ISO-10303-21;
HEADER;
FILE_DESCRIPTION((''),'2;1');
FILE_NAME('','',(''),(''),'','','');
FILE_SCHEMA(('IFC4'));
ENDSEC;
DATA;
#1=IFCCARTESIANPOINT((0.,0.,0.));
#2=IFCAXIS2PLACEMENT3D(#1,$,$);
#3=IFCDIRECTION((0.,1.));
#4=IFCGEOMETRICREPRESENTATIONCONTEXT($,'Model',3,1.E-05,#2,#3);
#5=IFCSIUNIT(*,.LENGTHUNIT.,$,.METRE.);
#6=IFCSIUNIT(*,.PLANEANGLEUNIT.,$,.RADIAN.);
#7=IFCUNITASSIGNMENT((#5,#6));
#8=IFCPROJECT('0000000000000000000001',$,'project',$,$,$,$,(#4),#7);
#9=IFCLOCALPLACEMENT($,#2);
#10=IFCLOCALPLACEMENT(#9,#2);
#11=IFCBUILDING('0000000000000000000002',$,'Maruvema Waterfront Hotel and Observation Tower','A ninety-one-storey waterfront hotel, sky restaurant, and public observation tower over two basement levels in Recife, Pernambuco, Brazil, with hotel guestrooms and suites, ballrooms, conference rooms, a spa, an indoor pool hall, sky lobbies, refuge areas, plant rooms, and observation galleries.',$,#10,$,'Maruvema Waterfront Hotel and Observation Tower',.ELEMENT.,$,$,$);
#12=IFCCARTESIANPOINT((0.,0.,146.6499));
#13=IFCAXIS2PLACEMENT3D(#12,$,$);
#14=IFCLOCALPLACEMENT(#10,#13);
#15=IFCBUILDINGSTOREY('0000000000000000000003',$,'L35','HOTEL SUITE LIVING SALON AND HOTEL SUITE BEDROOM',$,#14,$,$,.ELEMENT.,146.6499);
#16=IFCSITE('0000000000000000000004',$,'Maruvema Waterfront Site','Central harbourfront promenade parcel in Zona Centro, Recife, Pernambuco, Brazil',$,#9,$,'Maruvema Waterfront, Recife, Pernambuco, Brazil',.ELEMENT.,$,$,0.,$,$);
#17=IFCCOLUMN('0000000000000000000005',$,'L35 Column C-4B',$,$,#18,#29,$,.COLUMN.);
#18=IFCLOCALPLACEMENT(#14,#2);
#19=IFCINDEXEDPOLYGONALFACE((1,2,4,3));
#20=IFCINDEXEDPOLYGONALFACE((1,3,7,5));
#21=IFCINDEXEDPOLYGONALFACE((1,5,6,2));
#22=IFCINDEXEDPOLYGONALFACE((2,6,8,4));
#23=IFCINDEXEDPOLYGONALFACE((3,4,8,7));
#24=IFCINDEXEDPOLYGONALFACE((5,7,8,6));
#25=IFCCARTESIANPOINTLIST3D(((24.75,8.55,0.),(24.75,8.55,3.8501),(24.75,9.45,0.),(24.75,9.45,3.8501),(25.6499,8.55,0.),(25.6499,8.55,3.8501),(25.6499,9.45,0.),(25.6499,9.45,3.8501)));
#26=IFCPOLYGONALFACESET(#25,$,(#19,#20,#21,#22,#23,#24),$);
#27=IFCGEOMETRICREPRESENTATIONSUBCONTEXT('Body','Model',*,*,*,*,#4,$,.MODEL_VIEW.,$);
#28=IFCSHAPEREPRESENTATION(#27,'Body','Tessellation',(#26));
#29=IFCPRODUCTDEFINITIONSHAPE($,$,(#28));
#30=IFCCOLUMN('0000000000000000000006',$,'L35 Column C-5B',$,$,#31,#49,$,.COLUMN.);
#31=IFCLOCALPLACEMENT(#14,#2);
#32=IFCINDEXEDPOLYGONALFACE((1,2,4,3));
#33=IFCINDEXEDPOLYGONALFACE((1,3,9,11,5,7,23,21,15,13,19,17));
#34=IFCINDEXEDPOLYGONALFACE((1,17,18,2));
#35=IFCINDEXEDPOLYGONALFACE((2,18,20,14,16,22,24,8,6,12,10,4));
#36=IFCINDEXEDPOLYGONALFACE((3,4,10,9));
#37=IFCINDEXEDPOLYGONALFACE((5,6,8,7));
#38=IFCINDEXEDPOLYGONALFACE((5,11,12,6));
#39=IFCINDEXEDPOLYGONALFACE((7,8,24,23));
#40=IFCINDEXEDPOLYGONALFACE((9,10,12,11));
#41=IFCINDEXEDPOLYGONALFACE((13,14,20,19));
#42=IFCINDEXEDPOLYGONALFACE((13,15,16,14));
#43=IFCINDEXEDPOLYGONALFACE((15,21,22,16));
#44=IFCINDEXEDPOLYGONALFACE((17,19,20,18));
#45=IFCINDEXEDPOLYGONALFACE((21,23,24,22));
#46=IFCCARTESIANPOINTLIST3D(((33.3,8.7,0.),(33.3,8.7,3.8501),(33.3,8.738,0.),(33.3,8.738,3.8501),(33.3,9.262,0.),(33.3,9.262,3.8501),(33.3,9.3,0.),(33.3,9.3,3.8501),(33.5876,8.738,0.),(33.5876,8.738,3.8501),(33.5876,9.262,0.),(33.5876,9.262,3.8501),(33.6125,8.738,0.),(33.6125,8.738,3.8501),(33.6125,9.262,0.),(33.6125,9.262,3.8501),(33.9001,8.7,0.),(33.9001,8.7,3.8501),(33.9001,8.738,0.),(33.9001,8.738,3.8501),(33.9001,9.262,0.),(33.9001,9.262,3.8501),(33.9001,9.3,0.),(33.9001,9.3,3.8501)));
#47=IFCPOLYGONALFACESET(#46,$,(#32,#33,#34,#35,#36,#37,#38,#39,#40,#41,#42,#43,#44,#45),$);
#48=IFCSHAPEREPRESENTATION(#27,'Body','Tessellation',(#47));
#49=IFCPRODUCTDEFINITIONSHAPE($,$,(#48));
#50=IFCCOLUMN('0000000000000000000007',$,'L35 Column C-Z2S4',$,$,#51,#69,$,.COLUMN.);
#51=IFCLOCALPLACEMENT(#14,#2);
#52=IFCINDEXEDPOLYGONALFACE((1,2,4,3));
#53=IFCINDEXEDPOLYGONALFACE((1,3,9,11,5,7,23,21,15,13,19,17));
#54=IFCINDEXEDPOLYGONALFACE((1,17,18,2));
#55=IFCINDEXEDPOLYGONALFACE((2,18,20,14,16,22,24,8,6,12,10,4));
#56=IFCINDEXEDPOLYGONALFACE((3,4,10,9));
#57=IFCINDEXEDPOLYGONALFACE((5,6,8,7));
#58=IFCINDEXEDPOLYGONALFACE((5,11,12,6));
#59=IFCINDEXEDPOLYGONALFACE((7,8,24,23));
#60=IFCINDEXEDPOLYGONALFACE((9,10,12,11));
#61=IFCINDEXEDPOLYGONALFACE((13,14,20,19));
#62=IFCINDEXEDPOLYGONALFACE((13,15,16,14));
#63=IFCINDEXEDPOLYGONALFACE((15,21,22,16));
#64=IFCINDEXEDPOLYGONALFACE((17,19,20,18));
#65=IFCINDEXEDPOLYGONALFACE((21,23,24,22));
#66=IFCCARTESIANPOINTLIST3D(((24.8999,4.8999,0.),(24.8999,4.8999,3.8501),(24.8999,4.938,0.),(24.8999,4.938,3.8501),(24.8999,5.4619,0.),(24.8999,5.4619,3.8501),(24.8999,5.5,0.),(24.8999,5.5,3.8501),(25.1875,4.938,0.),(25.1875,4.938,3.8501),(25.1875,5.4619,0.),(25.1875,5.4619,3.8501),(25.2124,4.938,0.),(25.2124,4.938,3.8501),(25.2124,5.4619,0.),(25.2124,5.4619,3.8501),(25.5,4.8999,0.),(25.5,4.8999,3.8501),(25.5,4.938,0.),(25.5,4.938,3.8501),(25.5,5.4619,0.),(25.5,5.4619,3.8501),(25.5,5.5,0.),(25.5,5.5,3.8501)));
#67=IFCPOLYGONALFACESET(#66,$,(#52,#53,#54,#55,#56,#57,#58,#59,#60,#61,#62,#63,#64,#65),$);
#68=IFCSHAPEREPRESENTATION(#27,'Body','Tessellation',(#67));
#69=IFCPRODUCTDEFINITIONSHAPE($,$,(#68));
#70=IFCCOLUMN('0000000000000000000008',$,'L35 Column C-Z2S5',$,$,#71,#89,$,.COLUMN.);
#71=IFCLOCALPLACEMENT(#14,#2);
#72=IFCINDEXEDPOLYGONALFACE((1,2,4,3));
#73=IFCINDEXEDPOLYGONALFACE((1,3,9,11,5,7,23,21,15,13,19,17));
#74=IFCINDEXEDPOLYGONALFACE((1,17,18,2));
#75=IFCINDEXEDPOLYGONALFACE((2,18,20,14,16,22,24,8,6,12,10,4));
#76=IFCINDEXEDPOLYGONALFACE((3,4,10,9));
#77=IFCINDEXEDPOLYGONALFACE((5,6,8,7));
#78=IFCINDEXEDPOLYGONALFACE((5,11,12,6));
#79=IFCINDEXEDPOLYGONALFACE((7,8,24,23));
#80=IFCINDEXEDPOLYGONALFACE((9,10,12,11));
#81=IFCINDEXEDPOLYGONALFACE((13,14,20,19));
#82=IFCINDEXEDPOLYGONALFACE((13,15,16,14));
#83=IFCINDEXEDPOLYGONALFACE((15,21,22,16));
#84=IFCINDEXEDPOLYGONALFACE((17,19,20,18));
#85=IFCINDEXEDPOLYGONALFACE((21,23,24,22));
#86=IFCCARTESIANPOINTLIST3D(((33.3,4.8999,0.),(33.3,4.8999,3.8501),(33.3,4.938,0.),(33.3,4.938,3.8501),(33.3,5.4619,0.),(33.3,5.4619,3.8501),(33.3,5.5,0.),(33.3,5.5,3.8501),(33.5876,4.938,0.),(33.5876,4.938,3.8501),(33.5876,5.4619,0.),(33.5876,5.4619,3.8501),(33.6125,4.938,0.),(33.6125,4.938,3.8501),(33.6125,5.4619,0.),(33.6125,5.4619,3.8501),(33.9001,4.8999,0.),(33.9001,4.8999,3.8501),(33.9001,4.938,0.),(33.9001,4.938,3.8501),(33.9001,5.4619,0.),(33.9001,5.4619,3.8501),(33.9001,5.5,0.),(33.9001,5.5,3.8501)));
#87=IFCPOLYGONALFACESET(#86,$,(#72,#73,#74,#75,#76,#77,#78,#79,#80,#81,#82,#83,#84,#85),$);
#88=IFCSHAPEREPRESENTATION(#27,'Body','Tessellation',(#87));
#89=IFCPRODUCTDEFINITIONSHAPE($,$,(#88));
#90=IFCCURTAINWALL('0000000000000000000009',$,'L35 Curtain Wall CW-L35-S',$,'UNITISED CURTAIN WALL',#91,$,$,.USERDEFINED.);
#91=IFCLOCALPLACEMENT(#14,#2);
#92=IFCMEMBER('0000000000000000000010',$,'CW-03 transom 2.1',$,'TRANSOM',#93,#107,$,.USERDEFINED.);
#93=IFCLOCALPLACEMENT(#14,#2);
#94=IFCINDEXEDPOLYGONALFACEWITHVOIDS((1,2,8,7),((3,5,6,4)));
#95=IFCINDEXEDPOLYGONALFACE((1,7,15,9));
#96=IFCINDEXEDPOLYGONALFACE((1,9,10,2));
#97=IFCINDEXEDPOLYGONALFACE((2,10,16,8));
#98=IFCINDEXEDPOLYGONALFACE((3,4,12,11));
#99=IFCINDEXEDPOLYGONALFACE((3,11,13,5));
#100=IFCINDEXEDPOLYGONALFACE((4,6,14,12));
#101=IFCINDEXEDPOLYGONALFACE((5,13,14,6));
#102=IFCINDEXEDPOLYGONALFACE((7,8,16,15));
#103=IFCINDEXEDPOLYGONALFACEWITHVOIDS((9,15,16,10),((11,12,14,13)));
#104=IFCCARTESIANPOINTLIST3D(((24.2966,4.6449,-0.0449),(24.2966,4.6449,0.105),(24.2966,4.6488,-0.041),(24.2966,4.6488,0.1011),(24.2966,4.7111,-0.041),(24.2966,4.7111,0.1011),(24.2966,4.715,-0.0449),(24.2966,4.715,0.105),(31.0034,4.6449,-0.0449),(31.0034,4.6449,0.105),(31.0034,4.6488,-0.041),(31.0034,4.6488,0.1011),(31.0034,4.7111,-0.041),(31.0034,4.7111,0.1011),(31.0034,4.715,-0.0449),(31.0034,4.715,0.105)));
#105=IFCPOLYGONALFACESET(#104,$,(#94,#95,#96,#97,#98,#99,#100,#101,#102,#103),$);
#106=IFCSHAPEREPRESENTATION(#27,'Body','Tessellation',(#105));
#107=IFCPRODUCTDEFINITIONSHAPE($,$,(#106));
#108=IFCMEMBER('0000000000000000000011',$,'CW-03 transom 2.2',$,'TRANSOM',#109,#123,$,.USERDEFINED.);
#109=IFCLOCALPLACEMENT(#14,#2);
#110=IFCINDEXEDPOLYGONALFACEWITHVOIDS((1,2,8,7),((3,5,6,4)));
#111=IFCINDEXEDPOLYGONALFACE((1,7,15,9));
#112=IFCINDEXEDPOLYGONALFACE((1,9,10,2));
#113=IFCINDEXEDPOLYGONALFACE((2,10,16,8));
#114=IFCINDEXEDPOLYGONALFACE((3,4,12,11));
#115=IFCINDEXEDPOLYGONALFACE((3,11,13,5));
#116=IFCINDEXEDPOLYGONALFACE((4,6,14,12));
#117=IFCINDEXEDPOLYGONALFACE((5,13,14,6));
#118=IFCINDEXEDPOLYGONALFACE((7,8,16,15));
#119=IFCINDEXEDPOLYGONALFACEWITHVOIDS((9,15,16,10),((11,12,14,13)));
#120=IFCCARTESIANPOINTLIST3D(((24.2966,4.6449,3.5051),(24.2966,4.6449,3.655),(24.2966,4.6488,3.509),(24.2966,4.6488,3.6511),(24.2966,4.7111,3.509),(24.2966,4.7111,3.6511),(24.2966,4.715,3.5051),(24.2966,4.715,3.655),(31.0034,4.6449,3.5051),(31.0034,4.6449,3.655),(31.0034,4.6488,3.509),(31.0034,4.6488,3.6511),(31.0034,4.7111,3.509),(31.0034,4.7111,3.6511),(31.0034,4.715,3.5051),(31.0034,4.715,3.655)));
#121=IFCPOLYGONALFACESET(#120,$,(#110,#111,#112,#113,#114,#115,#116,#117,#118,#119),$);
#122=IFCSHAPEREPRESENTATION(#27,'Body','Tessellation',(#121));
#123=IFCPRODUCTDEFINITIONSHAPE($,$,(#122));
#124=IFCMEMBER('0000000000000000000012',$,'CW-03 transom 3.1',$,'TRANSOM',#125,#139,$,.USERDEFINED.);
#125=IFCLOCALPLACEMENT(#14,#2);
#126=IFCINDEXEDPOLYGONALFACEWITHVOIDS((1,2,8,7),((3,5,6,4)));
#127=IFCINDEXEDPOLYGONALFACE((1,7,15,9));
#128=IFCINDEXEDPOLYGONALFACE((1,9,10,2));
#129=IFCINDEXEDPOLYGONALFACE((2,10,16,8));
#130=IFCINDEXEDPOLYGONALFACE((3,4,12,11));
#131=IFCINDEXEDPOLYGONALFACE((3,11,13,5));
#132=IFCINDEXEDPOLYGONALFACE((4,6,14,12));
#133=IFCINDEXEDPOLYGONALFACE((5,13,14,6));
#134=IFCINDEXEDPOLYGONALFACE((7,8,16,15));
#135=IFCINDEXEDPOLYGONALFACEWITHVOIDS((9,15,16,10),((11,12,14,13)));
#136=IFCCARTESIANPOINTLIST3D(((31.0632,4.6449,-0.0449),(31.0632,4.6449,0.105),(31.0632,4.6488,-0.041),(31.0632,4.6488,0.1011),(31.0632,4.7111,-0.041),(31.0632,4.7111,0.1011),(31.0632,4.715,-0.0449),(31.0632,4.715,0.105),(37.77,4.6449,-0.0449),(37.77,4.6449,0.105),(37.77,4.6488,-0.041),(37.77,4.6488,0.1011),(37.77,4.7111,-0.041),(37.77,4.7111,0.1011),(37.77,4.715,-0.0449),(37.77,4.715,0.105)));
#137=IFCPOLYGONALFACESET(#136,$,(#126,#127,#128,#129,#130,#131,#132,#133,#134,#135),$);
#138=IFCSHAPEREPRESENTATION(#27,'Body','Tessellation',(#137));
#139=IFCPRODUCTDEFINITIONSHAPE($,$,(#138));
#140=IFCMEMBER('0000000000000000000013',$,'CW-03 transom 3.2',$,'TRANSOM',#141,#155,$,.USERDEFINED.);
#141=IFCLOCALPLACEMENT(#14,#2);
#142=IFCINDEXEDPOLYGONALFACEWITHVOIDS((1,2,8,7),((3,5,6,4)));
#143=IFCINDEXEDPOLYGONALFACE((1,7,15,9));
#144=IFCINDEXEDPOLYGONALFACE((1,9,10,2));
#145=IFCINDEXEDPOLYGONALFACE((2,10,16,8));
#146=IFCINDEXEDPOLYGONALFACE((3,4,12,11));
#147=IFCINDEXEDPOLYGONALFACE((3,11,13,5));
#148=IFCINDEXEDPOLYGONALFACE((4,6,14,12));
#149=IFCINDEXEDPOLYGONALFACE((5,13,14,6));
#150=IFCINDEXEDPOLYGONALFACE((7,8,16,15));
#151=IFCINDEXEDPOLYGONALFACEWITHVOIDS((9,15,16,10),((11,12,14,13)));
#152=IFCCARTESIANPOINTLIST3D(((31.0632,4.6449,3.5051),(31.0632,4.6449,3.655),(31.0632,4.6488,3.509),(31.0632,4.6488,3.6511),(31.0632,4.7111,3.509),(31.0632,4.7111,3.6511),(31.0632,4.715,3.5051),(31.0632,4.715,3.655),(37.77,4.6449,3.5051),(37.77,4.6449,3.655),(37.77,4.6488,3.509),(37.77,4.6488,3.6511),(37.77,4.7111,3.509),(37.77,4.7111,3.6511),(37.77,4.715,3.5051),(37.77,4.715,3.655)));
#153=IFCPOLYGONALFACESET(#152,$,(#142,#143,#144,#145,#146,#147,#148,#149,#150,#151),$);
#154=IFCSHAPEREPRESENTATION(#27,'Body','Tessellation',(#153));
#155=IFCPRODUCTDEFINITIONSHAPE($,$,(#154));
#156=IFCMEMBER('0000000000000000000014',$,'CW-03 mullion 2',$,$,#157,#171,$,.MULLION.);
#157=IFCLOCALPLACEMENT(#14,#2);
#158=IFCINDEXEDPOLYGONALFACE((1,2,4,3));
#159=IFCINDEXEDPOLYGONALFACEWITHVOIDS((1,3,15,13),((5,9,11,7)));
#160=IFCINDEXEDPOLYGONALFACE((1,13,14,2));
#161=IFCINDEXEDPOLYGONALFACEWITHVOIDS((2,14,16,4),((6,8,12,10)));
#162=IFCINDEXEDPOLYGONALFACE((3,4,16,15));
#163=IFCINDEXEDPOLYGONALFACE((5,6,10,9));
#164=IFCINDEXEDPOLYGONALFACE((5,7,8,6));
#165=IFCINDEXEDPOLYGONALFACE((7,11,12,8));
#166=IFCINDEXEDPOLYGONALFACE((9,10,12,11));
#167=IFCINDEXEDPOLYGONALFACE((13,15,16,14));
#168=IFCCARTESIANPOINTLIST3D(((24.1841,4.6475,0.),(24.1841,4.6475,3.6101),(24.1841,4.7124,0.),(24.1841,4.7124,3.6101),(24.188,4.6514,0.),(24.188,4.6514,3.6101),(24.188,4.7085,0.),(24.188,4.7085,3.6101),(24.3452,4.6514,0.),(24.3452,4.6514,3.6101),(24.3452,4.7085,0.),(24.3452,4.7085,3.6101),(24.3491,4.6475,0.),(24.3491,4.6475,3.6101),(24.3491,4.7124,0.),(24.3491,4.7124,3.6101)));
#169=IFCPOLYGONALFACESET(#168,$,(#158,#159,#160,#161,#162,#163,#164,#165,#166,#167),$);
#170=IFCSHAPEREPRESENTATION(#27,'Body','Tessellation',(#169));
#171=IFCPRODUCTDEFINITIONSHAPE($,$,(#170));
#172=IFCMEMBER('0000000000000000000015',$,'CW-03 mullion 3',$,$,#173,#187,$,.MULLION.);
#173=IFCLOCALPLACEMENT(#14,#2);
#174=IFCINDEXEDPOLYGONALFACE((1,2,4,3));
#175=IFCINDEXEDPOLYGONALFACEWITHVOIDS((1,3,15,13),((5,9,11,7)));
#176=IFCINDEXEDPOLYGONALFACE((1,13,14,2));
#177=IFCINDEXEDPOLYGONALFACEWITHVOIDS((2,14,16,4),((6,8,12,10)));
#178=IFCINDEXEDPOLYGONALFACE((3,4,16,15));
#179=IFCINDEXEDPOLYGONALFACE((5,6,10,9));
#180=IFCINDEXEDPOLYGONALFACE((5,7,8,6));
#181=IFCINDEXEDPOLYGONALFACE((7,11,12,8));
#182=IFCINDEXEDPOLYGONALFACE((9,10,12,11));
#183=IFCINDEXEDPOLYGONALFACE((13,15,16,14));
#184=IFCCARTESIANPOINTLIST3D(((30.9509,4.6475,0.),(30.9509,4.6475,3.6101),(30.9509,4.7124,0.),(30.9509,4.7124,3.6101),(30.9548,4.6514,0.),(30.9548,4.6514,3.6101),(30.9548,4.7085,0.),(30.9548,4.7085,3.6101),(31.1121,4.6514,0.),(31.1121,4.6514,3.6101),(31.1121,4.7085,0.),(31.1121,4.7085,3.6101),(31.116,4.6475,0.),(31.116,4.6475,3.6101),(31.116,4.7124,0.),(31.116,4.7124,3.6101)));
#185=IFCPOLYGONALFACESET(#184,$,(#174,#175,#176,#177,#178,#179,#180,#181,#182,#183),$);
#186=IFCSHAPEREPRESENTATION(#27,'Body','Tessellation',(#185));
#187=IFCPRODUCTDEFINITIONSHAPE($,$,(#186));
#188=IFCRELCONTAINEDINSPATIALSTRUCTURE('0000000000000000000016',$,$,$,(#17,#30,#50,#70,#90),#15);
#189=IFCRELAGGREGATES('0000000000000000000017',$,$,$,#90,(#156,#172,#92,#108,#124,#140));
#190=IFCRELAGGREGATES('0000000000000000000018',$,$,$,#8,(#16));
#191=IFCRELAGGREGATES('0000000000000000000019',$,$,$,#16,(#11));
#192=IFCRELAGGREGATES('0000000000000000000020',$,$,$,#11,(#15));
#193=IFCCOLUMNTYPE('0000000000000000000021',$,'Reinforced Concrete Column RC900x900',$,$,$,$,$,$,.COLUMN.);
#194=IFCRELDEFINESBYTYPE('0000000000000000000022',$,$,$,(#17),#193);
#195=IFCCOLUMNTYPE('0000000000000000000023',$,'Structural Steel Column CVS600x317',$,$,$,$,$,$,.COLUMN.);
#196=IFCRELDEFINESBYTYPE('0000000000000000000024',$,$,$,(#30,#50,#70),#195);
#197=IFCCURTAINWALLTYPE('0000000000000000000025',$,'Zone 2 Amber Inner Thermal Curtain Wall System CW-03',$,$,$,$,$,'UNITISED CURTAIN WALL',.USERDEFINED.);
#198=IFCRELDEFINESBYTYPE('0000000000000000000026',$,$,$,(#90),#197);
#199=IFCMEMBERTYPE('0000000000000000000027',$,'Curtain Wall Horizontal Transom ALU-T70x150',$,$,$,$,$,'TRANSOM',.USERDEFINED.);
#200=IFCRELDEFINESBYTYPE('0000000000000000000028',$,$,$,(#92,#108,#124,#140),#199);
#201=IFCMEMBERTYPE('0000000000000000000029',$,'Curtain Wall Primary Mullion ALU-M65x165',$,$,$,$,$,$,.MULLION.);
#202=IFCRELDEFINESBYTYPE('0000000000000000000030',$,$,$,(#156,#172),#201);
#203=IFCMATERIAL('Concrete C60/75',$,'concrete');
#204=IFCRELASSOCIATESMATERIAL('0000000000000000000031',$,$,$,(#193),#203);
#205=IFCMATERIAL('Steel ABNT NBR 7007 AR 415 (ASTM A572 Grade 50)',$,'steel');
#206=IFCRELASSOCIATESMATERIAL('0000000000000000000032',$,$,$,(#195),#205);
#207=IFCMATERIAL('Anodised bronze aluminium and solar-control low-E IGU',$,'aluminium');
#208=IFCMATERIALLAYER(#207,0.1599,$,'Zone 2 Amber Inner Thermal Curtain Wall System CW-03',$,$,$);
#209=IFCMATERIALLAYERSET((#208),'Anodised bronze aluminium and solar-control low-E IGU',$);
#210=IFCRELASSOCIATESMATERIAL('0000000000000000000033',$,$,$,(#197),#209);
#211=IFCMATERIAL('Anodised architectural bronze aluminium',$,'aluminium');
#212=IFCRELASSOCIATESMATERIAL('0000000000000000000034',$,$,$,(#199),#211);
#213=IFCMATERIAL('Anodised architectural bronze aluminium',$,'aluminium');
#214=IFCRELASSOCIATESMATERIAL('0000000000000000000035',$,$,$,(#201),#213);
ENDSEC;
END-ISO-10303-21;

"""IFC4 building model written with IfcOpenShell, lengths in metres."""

from ifc_helpers import new_model, si_unit, direction, frame, origin, origin_2d, place, context, subcontext, project, spatial, rectangle, hollow_rectangle, i_section, extrude, material, layer, layer_set, material_profile, profile_set, type_object, element, aggregate, save


model = new_model("IFC4")

# Units and contexts
model_context = context("Model", 3, precision=1e-05, world=origin(), true_north=direction((0.0, 1.0)))
body_context = subcontext(model_context, "Body", "Model", "MODEL_VIEW")
ifc_project = project(units=[si_unit("LENGTHUNIT", "METRE"), si_unit("PLANEANGLEUNIT", "RADIAN")], contexts=[model_context])

# Site, building, storey
site_placement = place(None, origin())
site = spatial("IfcSite", under=ifc_project, at=site_placement, Name="Maruvema Waterfront Site", Description="Central harbourfront promenade parcel in Zona Centro, Recife, Pernambuco, Brazil", LongName="Maruvema Waterfront, Recife, Pernambuco, Brazil", CompositionType="ELEMENT", RefElevation=0.0)
building_placement = place(site_placement, origin())
building = spatial("IfcBuilding", under=site, at=building_placement, Name="Maruvema Waterfront Hotel and Observation Tower", Description="A ninety-one-storey waterfront hotel, sky restaurant, and public observation tower over two basement levels in Recife, Pernambuco, Brazil, with hotel guestrooms and suites, ballrooms, conference rooms, a spa, an indoor pool hall, sky lobbies, refuge areas, plant rooms, and observation galleries.", LongName="Maruvema Waterfront Hotel and Observation Tower", CompositionType="ELEMENT")
storey_placement = place(building_placement, frame((0.0, 0.0, 146.6499)))
storey = spatial("IfcBuildingStorey", under=building, at=storey_placement, Name="L35", Description="HOTEL SUITE LIVING SALON AND HOTEL SUITE BEDROOM", CompositionType="ELEMENT", Elevation=146.6499)

# Columns
ifc_material_1 = material(Name="Concrete C60/75", Category="concrete")
ifc_material_profile_1 = material_profile(ifc_material_1, rectangle(XDim=0.8999, YDim=0.8999, at=origin_2d()), Name="RC900x900")
ifc_profile_set_1 = profile_set([ifc_material_profile_1], Name="Concrete C60/75")
column_type_1 = type_object("IfcColumnType", Name="Reinforced Concrete Column RC900x900", PredefinedType="COLUMN", material=ifc_profile_set_1)
column_placement = place(storey_placement, frame((25.2, 9.0, 0.0), z_axis=(0.0, 0.0, 1.0), x_axis=(1.0, 0.0, 0.0)))
element("IfcColumn", 1, at=column_placement, inside=storey, type_object=column_type_1, Name="L35 Column C-4B", PredefinedType="COLUMN", context=body_context, shape_type="SweptSolid", body=[
    extrude(rectangle(XDim=0.8999, YDim=0.8999, at=origin_2d()), origin(), (0.0, 0.0, 1.0), 3.8501),
])
ifc_material_2 = material(Name="Steel ABNT NBR 7007 AR 415 (ASTM A572 Grade 50)", Category="steel")
ifc_material_profile_2 = material_profile(ifc_material_2, i_section(OverallWidth=0.6001, OverallDepth=0.6001, WebThickness=0.0249, FlangeThickness=0.0381, at=origin_2d()), Name="CVS600x317")
ifc_profile_set_2 = profile_set([ifc_material_profile_2], Name="Steel ABNT NBR 7007 AR 415 (ASTM A572 Grade 50)")
column_type_2 = type_object("IfcColumnType", Name="Structural Steel Column CVS600x317", PredefinedType="COLUMN", material=ifc_profile_set_2)
for number, where, z_axis, x_axis, name in (
    (2, (33.6001, 9.0, 0.0), (0.0, 0.0, 1.0), (1.0, 0.0, 0.0), "L35 Column C-5B"),
    (3, (25.2, 5.2, 0.0), (0.0, 0.0, 1.0), (1.0, 0.0, 0.0), "L35 Column C-Z2S4"),
    (4, (33.6001, 5.2, 0.0), (0.0, 0.0, 1.0), (1.0, 0.0, 0.0), "L35 Column C-Z2S5"),
):
    element("IfcColumn", number, at=place(storey_placement, frame(where, z_axis=z_axis, x_axis=x_axis)), inside=storey, type_object=column_type_2, Name=name, PredefinedType="COLUMN", context=body_context, shape_type="SweptSolid", body=[
        extrude(i_section(OverallWidth=0.6001, OverallDepth=0.6001, WebThickness=0.0249, FlangeThickness=0.0381, at=origin_2d()), origin(), (0.0, 0.0, 1.0), 3.8501),
    ])

# Curtain wall, members
ifc_material_3 = material(Name="Anodised bronze aluminium and solar-control low-E IGU", Category="aluminium")
ifc_layer_1 = layer(ifc_material_3, 0.1599, Name="Zone 2 Amber Inner Thermal Curtain Wall System CW-03")
ifc_layer_set_1 = layer_set([ifc_layer_1], Name="Anodised bronze aluminium and solar-control low-E IGU")
curtain_wall_type = type_object("IfcCurtainWallType", Name="Zone 2 Amber Inner Thermal Curtain Wall System CW-03", ElementType="UNITISED CURTAIN WALL", PredefinedType="USERDEFINED", material=ifc_layer_set_1)
curtain_wall_placement = place(storey_placement, origin())
curtain_wall = element("IfcCurtainWall", 5, at=curtain_wall_placement, inside=storey, type_object=curtain_wall_type, Name="L35 Curtain Wall CW-L35-S", ObjectType="UNITISED CURTAIN WALL", PredefinedType="USERDEFINED")
ifc_material_4 = material(Name="Anodised architectural bronze aluminium", Category="aluminium")
ifc_material_profile_3 = material_profile(ifc_material_4, hollow_rectangle(XDim=0.0701, YDim=0.1499, WallThickness=0.0039, at=origin_2d()), Name="ALU-T70x150")
ifc_profile_set_3 = profile_set([ifc_material_profile_3], Name="Anodised architectural bronze aluminium")
member_type_1 = type_object("IfcMemberType", Name="Curtain Wall Horizontal Transom ALU-T70x150", ElementType="TRANSOM", PredefinedType="USERDEFINED", material=ifc_profile_set_3)
member_1_placement = place(storey_placement, frame((24.2966, 4.6799, 0.03), z_axis=(1.0, 0.0, 0.0), x_axis=(0.0, 1.0, 0.0)))
member_1 = element("IfcMember", 6, at=member_1_placement, type_object=member_type_1, Name="CW-03 transom 2.1", ObjectType="TRANSOM", PredefinedType="USERDEFINED", context=body_context, shape_type="SweptSolid", body=[
    extrude(hollow_rectangle(XDim=0.0701, YDim=0.1499, WallThickness=0.0039, at=origin_2d()), origin(), (0.0, 0.0, 1.0), 6.7068),
])
member_2_placement = place(storey_placement, frame((24.2966, 4.6799, 3.5801), z_axis=(1.0, 0.0, 0.0), x_axis=(0.0, 1.0, 0.0)))
member_2 = element("IfcMember", 7, at=member_2_placement, type_object=member_type_1, Name="CW-03 transom 2.2", ObjectType="TRANSOM", PredefinedType="USERDEFINED", context=body_context, shape_type="SweptSolid", body=[
    extrude(hollow_rectangle(XDim=0.0701, YDim=0.1499, WallThickness=0.0039, at=origin_2d()), origin(), (0.0, 0.0, 1.0), 6.7068),
])
member_3_placement = place(storey_placement, frame((31.0632, 4.6799, 0.03), z_axis=(1.0, 0.0, 0.0), x_axis=(0.0, 1.0, 0.0)))
member_3 = element("IfcMember", 8, at=member_3_placement, type_object=member_type_1, Name="CW-03 transom 3.1", ObjectType="TRANSOM", PredefinedType="USERDEFINED", context=body_context, shape_type="SweptSolid", body=[
    extrude(hollow_rectangle(XDim=0.0701, YDim=0.1499, WallThickness=0.0039, at=origin_2d()), origin(), (0.0, 0.0, 1.0), 6.7068),
])
member_4_placement = place(storey_placement, frame((31.0632, 4.6799, 3.5801), z_axis=(1.0, 0.0, 0.0), x_axis=(0.0, 1.0, 0.0)))
member_4 = element("IfcMember", 9, at=member_4_placement, type_object=member_type_1, Name="CW-03 transom 3.2", ObjectType="TRANSOM", PredefinedType="USERDEFINED", context=body_context, shape_type="SweptSolid", body=[
    extrude(hollow_rectangle(XDim=0.0701, YDim=0.1499, WallThickness=0.0039, at=origin_2d()), origin(), (0.0, 0.0, 1.0), 6.7068),
])
ifc_material_5 = material(Name="Anodised architectural bronze aluminium", Category="aluminium")
ifc_material_profile_4 = material_profile(ifc_material_5, hollow_rectangle(XDim=0.0649, YDim=0.165, WallThickness=0.0039, at=origin_2d()), Name="ALU-M65x165")
ifc_profile_set_4 = profile_set([ifc_material_profile_4], Name="Anodised architectural bronze aluminium")
member_type_2 = type_object("IfcMemberType", Name="Curtain Wall Primary Mullion ALU-M65x165", PredefinedType="MULLION", material=ifc_profile_set_4)
member_5_placement = place(storey_placement, frame((24.2666, 4.6799, 0.0), z_axis=(0.0, 0.0, 1.0), x_axis=(0.0, 1.0, 0.0)))
member_5 = element("IfcMember", 10, at=member_5_placement, type_object=member_type_2, Name="CW-03 mullion 2", PredefinedType="MULLION", context=body_context, shape_type="SweptSolid", body=[
    extrude(hollow_rectangle(XDim=0.0649, YDim=0.165, WallThickness=0.0039, at=origin_2d()), origin(), (0.0, 0.0, 1.0), 3.6101),
])
member_6_placement = place(storey_placement, frame((31.0334, 4.6799, 0.0), z_axis=(0.0, 0.0, 1.0), x_axis=(0.0, 1.0, 0.0)))
member_6 = element("IfcMember", 11, at=member_6_placement, type_object=member_type_2, Name="CW-03 mullion 3", PredefinedType="MULLION", context=body_context, shape_type="SweptSolid", body=[
    extrude(hollow_rectangle(XDim=0.0649, YDim=0.165, WallThickness=0.0039, at=origin_2d()), origin(), (0.0, 0.0, 1.0), 3.6101),
])

aggregate(curtain_wall, [member_5, member_6, member_1, member_2, member_3, member_4])

save(model, "model.ifc")
